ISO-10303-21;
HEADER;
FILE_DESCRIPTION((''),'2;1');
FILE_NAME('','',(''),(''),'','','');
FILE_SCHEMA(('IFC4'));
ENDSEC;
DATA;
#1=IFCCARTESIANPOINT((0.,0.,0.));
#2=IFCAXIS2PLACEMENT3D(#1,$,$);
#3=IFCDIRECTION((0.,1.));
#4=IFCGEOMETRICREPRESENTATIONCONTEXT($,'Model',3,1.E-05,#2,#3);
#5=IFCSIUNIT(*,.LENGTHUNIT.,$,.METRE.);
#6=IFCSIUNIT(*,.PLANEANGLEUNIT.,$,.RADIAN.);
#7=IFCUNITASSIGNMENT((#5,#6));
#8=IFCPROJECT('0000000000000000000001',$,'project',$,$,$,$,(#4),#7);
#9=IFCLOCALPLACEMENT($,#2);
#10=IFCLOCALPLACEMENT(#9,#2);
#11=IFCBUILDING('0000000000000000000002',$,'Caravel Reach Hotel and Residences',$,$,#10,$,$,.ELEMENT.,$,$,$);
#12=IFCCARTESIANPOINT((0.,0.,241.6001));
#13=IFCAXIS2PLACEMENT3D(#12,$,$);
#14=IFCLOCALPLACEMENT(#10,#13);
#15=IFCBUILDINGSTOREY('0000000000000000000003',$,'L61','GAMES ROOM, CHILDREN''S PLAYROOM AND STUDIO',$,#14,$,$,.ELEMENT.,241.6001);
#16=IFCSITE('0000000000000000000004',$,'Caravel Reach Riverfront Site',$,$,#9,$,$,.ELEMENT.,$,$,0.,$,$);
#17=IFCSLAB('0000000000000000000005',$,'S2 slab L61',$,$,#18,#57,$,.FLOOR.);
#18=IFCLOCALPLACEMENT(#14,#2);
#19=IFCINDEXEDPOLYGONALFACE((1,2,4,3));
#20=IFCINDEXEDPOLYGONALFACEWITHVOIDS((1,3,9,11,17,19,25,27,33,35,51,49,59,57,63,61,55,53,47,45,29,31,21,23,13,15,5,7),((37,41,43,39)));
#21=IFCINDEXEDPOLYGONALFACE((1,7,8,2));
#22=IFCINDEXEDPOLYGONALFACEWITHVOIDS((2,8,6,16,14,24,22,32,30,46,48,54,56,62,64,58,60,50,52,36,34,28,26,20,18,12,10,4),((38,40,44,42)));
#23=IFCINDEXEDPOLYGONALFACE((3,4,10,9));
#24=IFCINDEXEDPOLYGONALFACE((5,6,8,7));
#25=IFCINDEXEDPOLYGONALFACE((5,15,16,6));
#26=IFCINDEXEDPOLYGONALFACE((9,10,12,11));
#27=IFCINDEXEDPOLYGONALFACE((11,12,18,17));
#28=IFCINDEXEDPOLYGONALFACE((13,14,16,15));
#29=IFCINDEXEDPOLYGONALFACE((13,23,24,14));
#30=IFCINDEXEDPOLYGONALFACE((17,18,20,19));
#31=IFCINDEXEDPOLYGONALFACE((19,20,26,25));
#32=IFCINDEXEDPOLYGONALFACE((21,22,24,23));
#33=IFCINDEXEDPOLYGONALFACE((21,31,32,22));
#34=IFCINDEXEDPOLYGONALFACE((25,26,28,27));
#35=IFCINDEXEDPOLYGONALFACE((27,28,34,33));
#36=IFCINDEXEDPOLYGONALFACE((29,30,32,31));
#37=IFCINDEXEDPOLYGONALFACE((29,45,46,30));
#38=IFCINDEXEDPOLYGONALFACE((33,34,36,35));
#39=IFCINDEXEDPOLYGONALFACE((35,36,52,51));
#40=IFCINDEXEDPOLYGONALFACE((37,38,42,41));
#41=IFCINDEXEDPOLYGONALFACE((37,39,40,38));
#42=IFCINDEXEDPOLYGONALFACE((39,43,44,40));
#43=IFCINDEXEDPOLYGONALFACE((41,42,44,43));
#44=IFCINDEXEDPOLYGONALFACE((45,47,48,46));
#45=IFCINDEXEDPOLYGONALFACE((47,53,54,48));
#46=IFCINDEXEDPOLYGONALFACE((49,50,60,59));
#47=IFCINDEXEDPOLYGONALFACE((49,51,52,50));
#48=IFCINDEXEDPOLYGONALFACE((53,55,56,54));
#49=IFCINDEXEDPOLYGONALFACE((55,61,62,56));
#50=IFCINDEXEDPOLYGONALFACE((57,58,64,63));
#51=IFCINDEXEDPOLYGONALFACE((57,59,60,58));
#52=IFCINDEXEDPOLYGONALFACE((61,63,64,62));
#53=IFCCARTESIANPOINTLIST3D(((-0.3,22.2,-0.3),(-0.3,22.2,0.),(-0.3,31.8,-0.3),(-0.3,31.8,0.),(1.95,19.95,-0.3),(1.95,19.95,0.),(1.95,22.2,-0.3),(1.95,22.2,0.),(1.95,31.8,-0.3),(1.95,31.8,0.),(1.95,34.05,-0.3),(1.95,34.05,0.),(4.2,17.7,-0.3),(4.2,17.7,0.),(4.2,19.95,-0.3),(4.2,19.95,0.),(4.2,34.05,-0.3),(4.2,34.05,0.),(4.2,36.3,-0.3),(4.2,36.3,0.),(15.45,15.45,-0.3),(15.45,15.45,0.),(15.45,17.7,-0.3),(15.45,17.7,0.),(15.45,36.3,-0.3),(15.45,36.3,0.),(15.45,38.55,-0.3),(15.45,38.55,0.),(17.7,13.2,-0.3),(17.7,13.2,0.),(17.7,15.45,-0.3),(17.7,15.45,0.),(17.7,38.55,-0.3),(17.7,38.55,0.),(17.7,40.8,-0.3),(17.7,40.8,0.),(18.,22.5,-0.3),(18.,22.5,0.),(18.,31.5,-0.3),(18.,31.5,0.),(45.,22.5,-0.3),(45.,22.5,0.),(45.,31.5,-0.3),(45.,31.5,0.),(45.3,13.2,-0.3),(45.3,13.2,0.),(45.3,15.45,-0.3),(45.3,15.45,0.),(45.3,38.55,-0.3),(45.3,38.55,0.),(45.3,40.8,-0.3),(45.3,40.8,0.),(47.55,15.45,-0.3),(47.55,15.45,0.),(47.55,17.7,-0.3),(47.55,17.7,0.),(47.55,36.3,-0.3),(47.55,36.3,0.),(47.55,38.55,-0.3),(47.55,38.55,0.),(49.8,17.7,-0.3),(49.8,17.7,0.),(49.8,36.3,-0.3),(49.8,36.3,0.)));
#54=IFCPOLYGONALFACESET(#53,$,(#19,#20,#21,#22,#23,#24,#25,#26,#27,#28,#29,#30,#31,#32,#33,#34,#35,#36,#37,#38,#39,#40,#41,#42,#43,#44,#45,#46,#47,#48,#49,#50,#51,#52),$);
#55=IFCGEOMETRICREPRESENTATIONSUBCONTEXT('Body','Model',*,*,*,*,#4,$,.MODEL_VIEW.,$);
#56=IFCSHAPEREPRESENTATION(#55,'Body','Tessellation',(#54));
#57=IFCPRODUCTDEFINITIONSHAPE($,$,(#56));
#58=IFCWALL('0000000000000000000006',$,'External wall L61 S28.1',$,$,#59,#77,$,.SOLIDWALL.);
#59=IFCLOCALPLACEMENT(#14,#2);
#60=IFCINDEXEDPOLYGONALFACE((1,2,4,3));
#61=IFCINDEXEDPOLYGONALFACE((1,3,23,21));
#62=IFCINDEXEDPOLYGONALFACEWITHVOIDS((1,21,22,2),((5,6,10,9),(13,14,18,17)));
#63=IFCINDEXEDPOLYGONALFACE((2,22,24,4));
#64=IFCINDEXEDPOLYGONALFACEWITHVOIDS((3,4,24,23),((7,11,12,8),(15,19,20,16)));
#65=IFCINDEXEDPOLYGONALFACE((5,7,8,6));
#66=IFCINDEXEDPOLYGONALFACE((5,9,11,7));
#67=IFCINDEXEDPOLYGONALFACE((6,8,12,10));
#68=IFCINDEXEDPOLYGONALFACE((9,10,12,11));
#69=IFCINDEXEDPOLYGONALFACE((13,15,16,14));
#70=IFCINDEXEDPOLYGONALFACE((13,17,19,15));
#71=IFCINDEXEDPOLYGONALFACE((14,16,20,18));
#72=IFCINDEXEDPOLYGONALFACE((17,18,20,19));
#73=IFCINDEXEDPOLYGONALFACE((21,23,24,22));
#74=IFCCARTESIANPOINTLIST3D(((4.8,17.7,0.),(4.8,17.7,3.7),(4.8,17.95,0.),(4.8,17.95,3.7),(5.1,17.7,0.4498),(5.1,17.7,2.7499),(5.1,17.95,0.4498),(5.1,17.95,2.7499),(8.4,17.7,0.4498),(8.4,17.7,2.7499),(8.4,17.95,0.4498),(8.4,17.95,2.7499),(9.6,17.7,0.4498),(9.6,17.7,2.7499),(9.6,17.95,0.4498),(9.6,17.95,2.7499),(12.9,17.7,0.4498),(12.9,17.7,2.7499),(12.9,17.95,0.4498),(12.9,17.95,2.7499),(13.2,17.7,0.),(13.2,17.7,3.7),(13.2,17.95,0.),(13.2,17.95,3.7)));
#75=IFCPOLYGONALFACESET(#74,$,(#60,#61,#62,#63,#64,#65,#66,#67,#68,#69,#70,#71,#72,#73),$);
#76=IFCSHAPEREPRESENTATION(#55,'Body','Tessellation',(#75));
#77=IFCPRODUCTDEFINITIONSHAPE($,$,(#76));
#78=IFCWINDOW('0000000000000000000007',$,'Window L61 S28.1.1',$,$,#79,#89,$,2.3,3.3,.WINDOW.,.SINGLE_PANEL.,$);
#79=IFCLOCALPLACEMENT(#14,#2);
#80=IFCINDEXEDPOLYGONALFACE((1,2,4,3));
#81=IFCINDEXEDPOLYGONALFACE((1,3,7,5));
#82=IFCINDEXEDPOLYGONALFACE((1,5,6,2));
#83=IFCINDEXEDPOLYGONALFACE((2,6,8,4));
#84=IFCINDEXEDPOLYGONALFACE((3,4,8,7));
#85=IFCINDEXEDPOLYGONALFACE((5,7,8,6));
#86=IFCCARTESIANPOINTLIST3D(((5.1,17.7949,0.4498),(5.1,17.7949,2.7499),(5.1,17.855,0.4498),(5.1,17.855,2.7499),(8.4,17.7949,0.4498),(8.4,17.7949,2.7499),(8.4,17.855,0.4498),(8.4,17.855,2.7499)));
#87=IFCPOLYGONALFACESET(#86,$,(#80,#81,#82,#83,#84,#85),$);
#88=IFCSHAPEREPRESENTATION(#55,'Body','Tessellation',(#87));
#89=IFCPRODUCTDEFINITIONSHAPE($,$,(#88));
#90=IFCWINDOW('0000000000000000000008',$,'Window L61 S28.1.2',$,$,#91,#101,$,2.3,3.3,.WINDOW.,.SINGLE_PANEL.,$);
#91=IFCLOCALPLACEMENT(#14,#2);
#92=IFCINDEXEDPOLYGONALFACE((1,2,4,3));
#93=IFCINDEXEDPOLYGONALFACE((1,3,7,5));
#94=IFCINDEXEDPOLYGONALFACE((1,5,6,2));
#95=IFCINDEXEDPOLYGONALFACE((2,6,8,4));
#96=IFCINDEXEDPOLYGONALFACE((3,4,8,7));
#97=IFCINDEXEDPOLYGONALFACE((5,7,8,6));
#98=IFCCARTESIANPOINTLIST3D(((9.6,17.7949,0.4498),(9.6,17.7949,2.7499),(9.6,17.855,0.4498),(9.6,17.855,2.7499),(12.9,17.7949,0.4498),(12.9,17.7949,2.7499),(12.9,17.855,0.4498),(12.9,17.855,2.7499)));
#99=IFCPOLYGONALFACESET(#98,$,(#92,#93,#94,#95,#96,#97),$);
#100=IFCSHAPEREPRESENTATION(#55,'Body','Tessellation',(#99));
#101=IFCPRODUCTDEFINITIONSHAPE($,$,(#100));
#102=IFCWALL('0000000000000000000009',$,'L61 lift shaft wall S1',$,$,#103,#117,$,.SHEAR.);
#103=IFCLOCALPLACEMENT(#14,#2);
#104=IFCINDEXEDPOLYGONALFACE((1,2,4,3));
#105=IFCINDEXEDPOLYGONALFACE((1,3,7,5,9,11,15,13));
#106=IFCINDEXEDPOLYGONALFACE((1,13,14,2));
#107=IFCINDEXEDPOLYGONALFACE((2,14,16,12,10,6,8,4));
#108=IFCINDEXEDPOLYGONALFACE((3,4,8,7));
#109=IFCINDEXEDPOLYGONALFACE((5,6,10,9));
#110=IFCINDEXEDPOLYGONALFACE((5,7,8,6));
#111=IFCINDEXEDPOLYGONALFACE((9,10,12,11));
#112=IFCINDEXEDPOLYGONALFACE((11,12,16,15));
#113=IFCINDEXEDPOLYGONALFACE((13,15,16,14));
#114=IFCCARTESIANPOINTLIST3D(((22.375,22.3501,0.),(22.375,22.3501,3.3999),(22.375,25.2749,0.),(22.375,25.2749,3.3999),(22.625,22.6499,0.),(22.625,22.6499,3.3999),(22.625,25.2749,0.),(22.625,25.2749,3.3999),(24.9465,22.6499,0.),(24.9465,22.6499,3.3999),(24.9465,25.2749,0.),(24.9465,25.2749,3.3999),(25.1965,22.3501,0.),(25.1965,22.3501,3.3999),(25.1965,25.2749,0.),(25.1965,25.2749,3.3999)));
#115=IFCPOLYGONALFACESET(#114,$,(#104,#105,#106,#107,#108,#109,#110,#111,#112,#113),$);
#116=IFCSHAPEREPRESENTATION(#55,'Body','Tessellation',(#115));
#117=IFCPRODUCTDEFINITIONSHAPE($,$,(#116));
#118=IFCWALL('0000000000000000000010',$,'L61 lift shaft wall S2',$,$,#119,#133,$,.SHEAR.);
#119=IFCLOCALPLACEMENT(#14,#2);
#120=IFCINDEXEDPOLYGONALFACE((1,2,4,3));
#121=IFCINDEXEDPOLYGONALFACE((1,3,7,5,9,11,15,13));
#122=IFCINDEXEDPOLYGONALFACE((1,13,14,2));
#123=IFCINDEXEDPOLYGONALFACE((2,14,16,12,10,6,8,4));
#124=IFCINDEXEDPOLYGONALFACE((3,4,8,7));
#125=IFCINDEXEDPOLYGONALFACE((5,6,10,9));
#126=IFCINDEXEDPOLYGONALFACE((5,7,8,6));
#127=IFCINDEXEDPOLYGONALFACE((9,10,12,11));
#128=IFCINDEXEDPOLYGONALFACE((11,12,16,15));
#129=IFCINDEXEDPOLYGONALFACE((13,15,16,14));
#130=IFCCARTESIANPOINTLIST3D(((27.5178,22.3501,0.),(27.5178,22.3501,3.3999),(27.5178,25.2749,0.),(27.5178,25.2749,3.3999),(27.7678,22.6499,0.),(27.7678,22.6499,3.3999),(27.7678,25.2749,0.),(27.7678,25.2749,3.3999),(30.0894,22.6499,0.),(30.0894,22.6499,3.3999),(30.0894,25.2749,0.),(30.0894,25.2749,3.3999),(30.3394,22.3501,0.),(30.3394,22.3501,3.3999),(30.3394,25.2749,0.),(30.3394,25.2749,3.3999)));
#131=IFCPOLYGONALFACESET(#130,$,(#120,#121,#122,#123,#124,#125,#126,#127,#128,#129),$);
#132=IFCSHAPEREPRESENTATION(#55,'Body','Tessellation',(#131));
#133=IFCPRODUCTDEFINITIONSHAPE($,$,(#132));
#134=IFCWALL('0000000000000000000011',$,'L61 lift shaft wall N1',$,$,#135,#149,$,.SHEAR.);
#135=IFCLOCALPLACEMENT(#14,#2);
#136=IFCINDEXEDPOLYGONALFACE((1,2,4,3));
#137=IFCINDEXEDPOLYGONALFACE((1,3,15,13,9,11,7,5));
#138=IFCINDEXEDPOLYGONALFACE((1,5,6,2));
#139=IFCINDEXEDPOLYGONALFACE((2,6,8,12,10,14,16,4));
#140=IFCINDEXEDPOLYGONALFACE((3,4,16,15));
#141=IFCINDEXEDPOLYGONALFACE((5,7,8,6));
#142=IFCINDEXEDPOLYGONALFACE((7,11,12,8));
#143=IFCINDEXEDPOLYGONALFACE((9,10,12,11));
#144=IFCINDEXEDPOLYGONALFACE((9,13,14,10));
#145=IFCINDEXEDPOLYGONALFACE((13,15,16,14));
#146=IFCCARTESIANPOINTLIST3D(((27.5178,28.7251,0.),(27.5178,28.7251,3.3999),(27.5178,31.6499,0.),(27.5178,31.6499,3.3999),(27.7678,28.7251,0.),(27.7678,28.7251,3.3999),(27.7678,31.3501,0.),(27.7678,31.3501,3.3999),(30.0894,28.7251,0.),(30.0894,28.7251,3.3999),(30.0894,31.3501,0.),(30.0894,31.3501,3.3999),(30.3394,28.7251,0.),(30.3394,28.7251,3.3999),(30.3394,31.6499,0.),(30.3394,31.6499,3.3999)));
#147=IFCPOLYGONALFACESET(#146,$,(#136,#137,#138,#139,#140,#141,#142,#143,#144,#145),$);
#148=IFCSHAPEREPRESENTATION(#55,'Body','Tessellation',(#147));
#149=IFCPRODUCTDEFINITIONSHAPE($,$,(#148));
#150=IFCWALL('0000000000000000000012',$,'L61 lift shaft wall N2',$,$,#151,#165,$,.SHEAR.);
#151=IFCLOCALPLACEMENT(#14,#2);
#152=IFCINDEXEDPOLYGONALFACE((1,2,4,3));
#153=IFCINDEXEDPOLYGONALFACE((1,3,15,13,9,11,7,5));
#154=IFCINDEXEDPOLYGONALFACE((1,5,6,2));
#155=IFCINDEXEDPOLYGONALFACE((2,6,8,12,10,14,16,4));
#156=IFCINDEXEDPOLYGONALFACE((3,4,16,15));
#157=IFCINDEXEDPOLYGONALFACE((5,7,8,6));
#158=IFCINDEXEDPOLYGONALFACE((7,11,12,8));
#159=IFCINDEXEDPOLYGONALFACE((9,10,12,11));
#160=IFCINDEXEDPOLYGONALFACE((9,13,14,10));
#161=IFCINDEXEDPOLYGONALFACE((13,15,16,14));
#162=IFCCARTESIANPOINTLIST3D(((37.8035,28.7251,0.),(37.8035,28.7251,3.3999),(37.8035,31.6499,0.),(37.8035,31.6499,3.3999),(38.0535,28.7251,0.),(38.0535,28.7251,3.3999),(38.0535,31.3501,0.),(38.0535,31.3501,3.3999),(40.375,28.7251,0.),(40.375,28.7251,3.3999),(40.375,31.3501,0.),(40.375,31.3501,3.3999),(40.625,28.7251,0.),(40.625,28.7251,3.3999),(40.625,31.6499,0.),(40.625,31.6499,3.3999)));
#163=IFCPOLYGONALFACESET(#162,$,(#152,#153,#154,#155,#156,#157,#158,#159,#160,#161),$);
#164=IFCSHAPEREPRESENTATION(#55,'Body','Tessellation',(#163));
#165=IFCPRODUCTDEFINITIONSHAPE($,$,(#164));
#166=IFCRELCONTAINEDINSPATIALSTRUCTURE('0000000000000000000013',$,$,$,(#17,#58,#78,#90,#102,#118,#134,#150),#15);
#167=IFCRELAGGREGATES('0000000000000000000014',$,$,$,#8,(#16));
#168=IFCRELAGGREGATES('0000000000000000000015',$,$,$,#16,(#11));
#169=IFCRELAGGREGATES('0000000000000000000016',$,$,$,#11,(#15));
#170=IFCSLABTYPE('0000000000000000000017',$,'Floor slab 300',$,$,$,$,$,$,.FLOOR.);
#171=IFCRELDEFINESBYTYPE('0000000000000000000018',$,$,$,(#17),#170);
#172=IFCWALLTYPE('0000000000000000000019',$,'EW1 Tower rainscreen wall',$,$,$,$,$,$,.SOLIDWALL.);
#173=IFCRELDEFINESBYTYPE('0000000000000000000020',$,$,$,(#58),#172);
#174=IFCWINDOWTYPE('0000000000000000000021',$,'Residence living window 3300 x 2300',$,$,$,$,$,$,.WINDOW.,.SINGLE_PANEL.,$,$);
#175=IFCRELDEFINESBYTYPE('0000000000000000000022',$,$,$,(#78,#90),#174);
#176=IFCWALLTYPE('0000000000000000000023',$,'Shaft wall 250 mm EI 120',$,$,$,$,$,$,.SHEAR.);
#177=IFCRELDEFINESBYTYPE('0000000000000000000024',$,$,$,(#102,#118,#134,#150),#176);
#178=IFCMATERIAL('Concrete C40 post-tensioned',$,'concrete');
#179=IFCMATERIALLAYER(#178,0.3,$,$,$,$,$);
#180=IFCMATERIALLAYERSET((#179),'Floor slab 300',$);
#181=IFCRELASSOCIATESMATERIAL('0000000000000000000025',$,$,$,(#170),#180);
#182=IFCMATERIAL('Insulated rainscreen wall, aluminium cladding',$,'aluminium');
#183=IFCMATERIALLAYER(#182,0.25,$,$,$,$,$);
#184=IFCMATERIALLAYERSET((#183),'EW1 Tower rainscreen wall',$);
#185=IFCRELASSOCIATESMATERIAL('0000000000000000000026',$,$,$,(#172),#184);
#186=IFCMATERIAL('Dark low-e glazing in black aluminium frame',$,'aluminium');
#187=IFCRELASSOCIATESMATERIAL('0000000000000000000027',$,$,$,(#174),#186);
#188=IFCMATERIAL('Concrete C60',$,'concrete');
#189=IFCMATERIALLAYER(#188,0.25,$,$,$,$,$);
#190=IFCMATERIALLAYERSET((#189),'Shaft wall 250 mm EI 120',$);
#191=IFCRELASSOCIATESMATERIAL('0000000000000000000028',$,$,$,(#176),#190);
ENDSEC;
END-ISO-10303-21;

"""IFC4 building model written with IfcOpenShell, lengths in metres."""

from ifc_helpers import new_model, si_unit, direction, frame, frame_2d, origin, place, context, subcontext, project, spatial, polyline, rectangle, outline, extrude, material, layer, layer_set, type_object, element, fill, save


model = new_model("IFC4")

# Units and contexts
model_context = context("Model", 3, precision=1e-05, world=origin(), true_north=direction((0.0, 1.0)))
body_context = subcontext(model_context, "Body", "Model", "MODEL_VIEW")
ifc_project = project(units=[si_unit("LENGTHUNIT", "METRE"), si_unit("PLANEANGLEUNIT", "RADIAN")], contexts=[model_context])

# Site, building, storey
site_placement = place(None, origin())
site = spatial("IfcSite", under=ifc_project, at=site_placement, Name="Caravel Reach Riverfront Site", CompositionType="ELEMENT", RefElevation=0.0)
building_placement = place(site_placement, origin())
building = spatial("IfcBuilding", under=site, at=building_placement, Name="Caravel Reach Hotel and Residences", CompositionType="ELEMENT")
storey_placement = place(building_placement, frame((0.0, 0.0, 241.6001)))
storey = spatial("IfcBuildingStorey", under=building, at=storey_placement, Name="L61", Description="GAMES ROOM, CHILDREN'S PLAYROOM AND STUDIO", CompositionType="ELEMENT", Elevation=241.6001)

# Slab
ifc_material_1 = material(Name="Concrete C40 post-tensioned", Category="concrete")
ifc_layer_1 = layer(ifc_material_1, 0.3)
ifc_layer_set_1 = layer_set([ifc_layer_1], Name="Floor slab 300")
slab_type_1 = type_object("IfcSlabType", Name="Floor slab 300", PredefinedType="FLOOR", material=ifc_layer_set_1)
slab_1_placement = place(storey_placement, frame((0.0, 0.0, -0.3)))
element("IfcSlab", 1, at=slab_1_placement, inside=storey, type_object=slab_type_1, Name="S2 slab L61", PredefinedType="FLOOR", context=body_context, shape_type="SweptSolid", body=[
    extrude(outline(polyline([(4.2, 19.95), (1.95, 19.95), (1.95, 22.2), (-0.3, 22.2), (-0.3, 31.8), (1.95, 31.8), (1.95, 34.05), (4.2, 34.05), (4.2, 36.3), (15.45, 36.3), (15.45, 38.55), (17.7, 38.55), (17.7, 40.8), (45.3, 40.8), (45.3, 38.55), (47.55, 38.55), (47.55, 36.3), (49.8, 36.3), (49.8, 17.7), (47.55, 17.7), (47.55, 15.45), (45.3, 15.45), (45.3, 13.2), (17.7, 13.2), (17.7, 15.45), (15.45, 15.45), (15.45, 17.7), (4.2, 17.7), (4.2, 19.95)]), holes=[polyline([(45.0, 31.5), (18.0, 31.5), (18.0, 22.5), (45.0, 22.5), (45.0, 31.5)])]), origin(), (0.0, 0.0, 1.0), 0.3),
])

# Wall, openings, windows
ifc_material_2 = material(Name="Insulated rainscreen wall, aluminium cladding", Category="aluminium")
ifc_layer_2 = layer(ifc_material_2, 0.25)
ifc_layer_set_2 = layer_set([ifc_layer_2], Name="EW1 Tower rainscreen wall")
wall_type_1 = type_object("IfcWallType", Name="EW1 Tower rainscreen wall", PredefinedType="SOLIDWALL", material=ifc_layer_set_2)
wall_1_placement = place(storey_placement, frame((4.8, 17.825, 0.0), z_axis=(0.0, 0.0, 1.0), x_axis=(1.0, 0.0, 0.0)))
wall_1 = element("IfcWall", 2, at=wall_1_placement, inside=storey, type_object=wall_type_1, Name="External wall L61 S28.1", PredefinedType="SOLIDWALL", context=body_context, shape_type="SweptSolid", body=[
    extrude(rectangle(XDim=8.3999, YDim=0.25, at=frame_2d((4.2, 0.0))), origin(), (0.0, 0.0, 1.0), 3.7),
])
opening_1_placement = place(wall_1_placement, frame((0.3, 0.0, 0.45)))
opening_1 = element("IfcOpeningElement", 3, at=opening_1_placement, cuts=wall_1, PredefinedType="OPENING", context=body_context, shape_type="SweptSolid", body=[
    extrude(rectangle(XDim=3.3, YDim=2.3, at=frame_2d((1.6499, 1.1499))), frame((0.0, 0.135, 0.0), z_axis=(0.0, -1.0, 0.0), x_axis=(1.0, 0.0, 0.0)), (0.0, 0.0, 1.0), 0.27),
])
opening_2_placement = place(wall_1_placement, frame((4.8, 0.0, 0.45)))
opening_2 = element("IfcOpeningElement", 4, at=opening_2_placement, cuts=wall_1, PredefinedType="OPENING", context=body_context, shape_type="SweptSolid", body=[
    extrude(rectangle(XDim=3.3, YDim=2.3, at=frame_2d((1.6499, 1.1499))), frame((0.0, 0.135, 0.0), z_axis=(0.0, -1.0, 0.0), x_axis=(1.0, 0.0, 0.0)), (0.0, 0.0, 1.0), 0.27),
])
ifc_material_3 = material(Name="Dark low-e glazing in black aluminium frame", Category="aluminium")
window_type = type_object("IfcWindowType", Name="Residence living window 3300 x 2300", PartitioningType="SINGLE_PANEL", PredefinedType="WINDOW", material=ifc_material_3)
window_1_placement = place(opening_1_placement, origin())
window_1 = element("IfcWindow", 5, at=window_1_placement, inside=storey, type_object=window_type, Name="Window L61 S28.1.1", OverallHeight=2.3, OverallWidth=3.3, PartitioningType="SINGLE_PANEL", PredefinedType="WINDOW", context=body_context, shape_type="SweptSolid", body=[
    extrude(rectangle(XDim=3.3, YDim=2.3, at=frame_2d((1.6499, 1.1499))), frame((0.0, 0.03, 0.0), z_axis=(0.0, -1.0, 0.0), x_axis=(1.0, 0.0, 0.0)), (0.0, 0.0, 1.0), 0.0601),
])
fill(opening_1, window_1)
window_2_placement = place(opening_2_placement, origin())
window_2 = element("IfcWindow", 6, at=window_2_placement, inside=storey, type_object=window_type, Name="Window L61 S28.1.2", OverallHeight=2.3, OverallWidth=3.3, PartitioningType="SINGLE_PANEL", PredefinedType="WINDOW", context=body_context, shape_type="SweptSolid", body=[
    extrude(rectangle(XDim=3.3, YDim=2.3, at=frame_2d((1.6499, 1.1499))), frame((0.0, 0.03, 0.0), z_axis=(0.0, -1.0, 0.0), x_axis=(1.0, 0.0, 0.0)), (0.0, 0.0, 1.0), 0.0601),
])
fill(opening_2, window_2)

# Walls
ifc_material_4 = material(Name="Concrete C60", Category="concrete")
ifc_layer_3 = layer(ifc_material_4, 0.25)
ifc_layer_set_3 = layer_set([ifc_layer_3], Name="Shaft wall 250 mm EI 120")
wall_type_2 = type_object("IfcWallType", Name="Shaft wall 250 mm EI 120", PredefinedType="SHEAR", material=ifc_layer_set_3)
wall_2_placement = place(storey_placement, origin())
element("IfcWall", 7, at=wall_2_placement, inside=storey, type_object=wall_type_2, Name="L61 lift shaft wall S1", PredefinedType="SHEAR", context=body_context, shape_type="SweptSolid", body=[
    extrude(outline(polyline([(22.375, 22.3501), (25.1965, 22.3501), (25.1965, 25.2749), (24.9465, 25.2749), (24.9465, 22.6499), (22.625, 22.6499), (22.625, 25.2749), (22.375, 25.2749), (22.375, 22.3501)])), origin(), (0.0, 0.0, 1.0), 3.3999),
])
wall_3_placement = place(storey_placement, origin())
element("IfcWall", 8, at=wall_3_placement, inside=storey, type_object=wall_type_2, Name="L61 lift shaft wall S2", PredefinedType="SHEAR", context=body_context, shape_type="SweptSolid", body=[
    extrude(outline(polyline([(27.5178, 22.3501), (30.3394, 22.3501), (30.3394, 25.2749), (30.0894, 25.2749), (30.0894, 22.6499), (27.7678, 22.6499), (27.7678, 25.2749), (27.5178, 25.2749), (27.5178, 22.3501)])), origin(), (0.0, 0.0, 1.0), 3.3999),
])
wall_4_placement = place(storey_placement, origin())
element("IfcWall", 9, at=wall_4_placement, inside=storey, type_object=wall_type_2, Name="L61 lift shaft wall N1", PredefinedType="SHEAR", context=body_context, shape_type="SweptSolid", body=[
    extrude(outline(polyline([(27.5178, 28.7251), (27.7678, 28.7251), (27.7678, 31.3501), (30.0894, 31.3501), (30.0894, 28.7251), (30.3394, 28.7251), (30.3394, 31.6499), (27.5178, 31.6499), (27.5178, 28.7251)])), origin(), (0.0, 0.0, 1.0), 3.3999),
])
wall_5_placement = place(storey_placement, origin())
element("IfcWall", 10, at=wall_5_placement, inside=storey, type_object=wall_type_2, Name="L61 lift shaft wall N2", PredefinedType="SHEAR", context=body_context, shape_type="SweptSolid", body=[
    extrude(outline(polyline([(37.8035, 28.7251), (38.0535, 28.7251), (38.0535, 31.3501), (40.375, 31.3501), (40.375, 28.7251), (40.625, 28.7251), (40.625, 31.6499), (37.8035, 31.6499), (37.8035, 28.7251)])), origin(), (0.0, 0.0, 1.0), 3.3999),
])

save(model, "model.ifc")
